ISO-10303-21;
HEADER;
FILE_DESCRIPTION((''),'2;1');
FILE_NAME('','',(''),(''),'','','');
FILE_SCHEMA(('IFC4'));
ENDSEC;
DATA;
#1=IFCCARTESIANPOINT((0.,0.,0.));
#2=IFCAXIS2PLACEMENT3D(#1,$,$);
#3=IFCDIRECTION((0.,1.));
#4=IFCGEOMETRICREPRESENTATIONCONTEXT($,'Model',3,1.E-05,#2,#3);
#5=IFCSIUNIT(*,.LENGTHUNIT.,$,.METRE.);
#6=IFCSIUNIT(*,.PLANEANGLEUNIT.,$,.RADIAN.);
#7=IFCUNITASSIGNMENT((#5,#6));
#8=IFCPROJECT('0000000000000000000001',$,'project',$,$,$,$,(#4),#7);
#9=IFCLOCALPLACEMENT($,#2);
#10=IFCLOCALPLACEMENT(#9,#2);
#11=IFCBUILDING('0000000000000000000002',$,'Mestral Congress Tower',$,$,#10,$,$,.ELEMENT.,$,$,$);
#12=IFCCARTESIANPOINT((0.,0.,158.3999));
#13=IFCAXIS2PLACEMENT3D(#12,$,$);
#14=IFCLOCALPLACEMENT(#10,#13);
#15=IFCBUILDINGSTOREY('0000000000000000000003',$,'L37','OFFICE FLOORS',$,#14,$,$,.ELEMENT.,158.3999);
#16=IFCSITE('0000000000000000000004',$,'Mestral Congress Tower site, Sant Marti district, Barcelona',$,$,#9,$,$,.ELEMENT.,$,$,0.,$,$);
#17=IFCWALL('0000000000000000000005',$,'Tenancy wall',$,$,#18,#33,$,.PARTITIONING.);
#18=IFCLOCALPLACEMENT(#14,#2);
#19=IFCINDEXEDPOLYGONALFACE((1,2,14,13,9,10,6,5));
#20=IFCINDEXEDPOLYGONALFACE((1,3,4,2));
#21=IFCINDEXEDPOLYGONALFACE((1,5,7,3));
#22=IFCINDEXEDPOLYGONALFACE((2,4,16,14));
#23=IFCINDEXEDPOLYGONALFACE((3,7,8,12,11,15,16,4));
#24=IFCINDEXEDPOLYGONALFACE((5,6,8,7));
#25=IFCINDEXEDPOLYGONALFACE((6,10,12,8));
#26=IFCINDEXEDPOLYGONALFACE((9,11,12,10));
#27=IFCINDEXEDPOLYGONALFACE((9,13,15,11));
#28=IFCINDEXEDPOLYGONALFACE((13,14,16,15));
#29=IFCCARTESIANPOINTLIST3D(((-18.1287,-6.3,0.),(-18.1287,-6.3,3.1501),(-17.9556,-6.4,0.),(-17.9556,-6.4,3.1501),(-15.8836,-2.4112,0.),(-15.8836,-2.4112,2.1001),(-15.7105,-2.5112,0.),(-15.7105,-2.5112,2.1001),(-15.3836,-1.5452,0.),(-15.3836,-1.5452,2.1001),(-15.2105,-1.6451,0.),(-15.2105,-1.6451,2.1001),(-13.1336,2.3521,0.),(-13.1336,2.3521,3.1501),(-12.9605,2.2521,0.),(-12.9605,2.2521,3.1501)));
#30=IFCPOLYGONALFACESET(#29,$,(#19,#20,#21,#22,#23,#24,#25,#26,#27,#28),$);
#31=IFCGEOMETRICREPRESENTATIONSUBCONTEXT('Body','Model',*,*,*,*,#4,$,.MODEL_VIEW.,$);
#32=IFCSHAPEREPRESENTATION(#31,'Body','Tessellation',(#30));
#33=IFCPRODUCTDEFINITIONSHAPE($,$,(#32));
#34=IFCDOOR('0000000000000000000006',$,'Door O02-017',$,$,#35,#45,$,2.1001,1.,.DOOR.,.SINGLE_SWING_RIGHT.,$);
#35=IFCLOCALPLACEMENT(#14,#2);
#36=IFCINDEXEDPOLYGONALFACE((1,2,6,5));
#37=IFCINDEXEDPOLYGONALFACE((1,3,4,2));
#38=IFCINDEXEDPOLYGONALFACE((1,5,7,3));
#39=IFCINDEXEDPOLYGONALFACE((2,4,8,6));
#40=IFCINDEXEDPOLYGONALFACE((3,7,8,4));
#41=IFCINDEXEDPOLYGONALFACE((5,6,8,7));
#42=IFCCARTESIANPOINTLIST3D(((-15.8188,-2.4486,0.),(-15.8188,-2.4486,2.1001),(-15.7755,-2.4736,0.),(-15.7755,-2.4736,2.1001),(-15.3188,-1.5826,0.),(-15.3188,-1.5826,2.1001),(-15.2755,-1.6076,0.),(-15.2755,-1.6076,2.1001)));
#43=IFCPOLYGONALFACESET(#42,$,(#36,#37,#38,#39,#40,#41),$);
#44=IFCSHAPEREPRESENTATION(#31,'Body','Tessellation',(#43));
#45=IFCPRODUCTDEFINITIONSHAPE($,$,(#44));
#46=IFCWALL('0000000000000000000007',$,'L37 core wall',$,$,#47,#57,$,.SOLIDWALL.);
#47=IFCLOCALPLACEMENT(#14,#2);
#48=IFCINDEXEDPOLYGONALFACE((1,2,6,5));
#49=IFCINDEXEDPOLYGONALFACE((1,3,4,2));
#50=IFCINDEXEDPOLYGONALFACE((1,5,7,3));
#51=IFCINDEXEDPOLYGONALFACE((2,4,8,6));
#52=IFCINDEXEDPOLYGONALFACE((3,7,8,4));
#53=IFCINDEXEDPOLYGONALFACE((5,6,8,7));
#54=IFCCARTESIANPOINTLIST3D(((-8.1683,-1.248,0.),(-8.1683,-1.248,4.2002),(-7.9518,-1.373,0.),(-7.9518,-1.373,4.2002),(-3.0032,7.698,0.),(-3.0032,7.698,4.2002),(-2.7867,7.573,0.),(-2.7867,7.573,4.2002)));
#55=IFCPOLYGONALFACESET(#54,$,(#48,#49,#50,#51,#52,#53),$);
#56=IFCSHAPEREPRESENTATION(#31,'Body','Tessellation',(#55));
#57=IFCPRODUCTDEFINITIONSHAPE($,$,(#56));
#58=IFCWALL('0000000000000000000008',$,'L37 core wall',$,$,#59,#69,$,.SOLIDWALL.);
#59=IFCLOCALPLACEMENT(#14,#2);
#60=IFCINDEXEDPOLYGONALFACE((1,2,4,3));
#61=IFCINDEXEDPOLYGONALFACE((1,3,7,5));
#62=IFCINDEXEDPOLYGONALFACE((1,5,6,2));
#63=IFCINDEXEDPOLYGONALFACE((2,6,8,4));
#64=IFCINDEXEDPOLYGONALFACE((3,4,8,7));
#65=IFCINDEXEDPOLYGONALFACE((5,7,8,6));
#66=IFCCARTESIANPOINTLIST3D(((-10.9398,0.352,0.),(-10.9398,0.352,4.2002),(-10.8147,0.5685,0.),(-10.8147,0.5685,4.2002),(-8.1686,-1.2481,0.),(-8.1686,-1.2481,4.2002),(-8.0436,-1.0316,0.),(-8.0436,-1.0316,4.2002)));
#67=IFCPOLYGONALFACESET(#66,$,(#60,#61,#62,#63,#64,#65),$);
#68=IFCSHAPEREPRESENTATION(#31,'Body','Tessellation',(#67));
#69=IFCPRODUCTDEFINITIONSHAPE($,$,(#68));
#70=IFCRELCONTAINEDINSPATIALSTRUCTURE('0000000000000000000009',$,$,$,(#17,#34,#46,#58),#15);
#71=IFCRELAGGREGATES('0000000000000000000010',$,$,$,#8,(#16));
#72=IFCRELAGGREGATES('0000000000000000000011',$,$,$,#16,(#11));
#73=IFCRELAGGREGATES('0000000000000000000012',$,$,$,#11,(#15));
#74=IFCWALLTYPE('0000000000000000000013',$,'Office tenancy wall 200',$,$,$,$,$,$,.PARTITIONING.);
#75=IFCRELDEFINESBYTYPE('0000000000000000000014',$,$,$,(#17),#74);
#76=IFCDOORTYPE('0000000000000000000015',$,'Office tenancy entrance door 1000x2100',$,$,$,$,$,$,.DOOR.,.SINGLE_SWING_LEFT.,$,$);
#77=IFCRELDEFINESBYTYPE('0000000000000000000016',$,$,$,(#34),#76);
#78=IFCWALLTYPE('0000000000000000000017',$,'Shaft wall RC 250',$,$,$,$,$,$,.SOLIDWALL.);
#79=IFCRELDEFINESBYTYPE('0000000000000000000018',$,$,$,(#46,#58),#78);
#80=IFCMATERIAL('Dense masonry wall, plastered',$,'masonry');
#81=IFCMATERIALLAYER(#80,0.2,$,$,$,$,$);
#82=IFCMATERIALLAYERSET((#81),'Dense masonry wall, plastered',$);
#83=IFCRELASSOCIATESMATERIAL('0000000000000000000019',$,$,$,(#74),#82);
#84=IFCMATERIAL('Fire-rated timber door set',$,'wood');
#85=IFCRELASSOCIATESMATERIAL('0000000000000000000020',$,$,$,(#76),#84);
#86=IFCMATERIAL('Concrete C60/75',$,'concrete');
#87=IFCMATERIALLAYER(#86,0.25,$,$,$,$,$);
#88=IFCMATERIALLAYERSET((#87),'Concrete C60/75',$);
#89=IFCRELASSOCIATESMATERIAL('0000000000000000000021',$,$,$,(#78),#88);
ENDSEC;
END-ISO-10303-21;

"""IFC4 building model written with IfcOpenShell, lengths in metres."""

from ifc_helpers import new_model, si_unit, direction, frame, frame_2d, origin, place, context, subcontext, project, spatial, rectangle, extrude, material, layer, layer_set, type_object, element, fill, save


model = new_model("IFC4")

# Units and contexts
model_context = context("Model", 3, precision=1e-05, world=origin(), true_north=direction((0.0, 1.0)))
body_context = subcontext(model_context, "Body", "Model", "MODEL_VIEW")
ifc_project = project(units=[si_unit("LENGTHUNIT", "METRE"), si_unit("PLANEANGLEUNIT", "RADIAN")], contexts=[model_context])

# Site, building, storey
site_placement = place(None, origin())
site = spatial("IfcSite", under=ifc_project, at=site_placement, Name="Mestral Congress Tower site, Sant Marti district, Barcelona", CompositionType="ELEMENT", RefElevation=0.0)
building_placement = place(site_placement, origin())
building = spatial("IfcBuilding", under=site, at=building_placement, Name="Mestral Congress Tower", CompositionType="ELEMENT")
storey_placement = place(building_placement, frame((0.0, 0.0, 158.3999)))
storey = spatial("IfcBuildingStorey", under=building, at=storey_placement, Name="L37", Description="OFFICE FLOORS", CompositionType="ELEMENT", Elevation=158.3999)

# Shared definitions
ifc_material_1 = material(Name="Concrete C60/75", Category="concrete")

# Shared definitions
ifc_material_2 = material(Name="Dense masonry wall, plastered", Category="masonry")
ifc_layer_1 = layer(ifc_material_2, 0.2)
ifc_layer_set_1 = layer_set([ifc_layer_1], Name="Dense masonry wall, plastered")
wall_type_1 = type_object("IfcWallType", Name="Office tenancy wall 200", PredefinedType="PARTITIONING", material=ifc_layer_set_1)

# Wall, opening, door
wall_1_placement = place(storey_placement, frame((-13.0471, 2.302, 0.0), z_axis=(0.0, 0.0, 1.0), x_axis=(-0.499987, -0.866033, 0.0)))
wall_1 = element("IfcWall", 1, at=wall_1_placement, inside=storey, type_object=wall_type_1, Name="Tenancy wall", PredefinedType="PARTITIONING", context=body_context, shape_type="SweptSolid", body=[
    extrude(rectangle(XDim=9.9905, YDim=0.2, at=frame_2d((4.9951, 0.0))), origin(), (0.0, 0.0, 1.0), 3.1501),
])
opening_1_placement = place(wall_1_placement, frame((4.5, 0.0, 0.0)))
opening_1 = element("IfcOpeningElement", 2, at=opening_1_placement, cuts=wall_1, PredefinedType="OPENING", context=body_context, shape_type="SweptSolid", body=[
    extrude(rectangle(XDim=1.0, YDim=2.1001, at=frame_2d((0.5, 1.05))), frame((0.0, 0.1099, 0.0), z_axis=(0.0, -1.0, 0.0), x_axis=(1.0, 0.0, 0.0)), (0.0, 0.0, 1.0), 0.22),
])
ifc_material_3 = material(Name="Fire-rated timber door set", Category="wood")
door_type_1 = type_object("IfcDoorType", Name="Office tenancy entrance door 1000x2100", OperationType="SINGLE_SWING_LEFT", PredefinedType="DOOR", material=ifc_material_3)
door_1_placement = place(opening_1_placement, origin())
door_1 = element("IfcDoor", 3, at=door_1_placement, inside=storey, type_object=door_type_1, Name="Door O02-017", OperationType="SINGLE_SWING_RIGHT", OverallHeight=2.1001, OverallWidth=1.0, PredefinedType="DOOR", context=body_context, shape_type="SweptSolid", body=[
    extrude(rectangle(XDim=1.0, YDim=2.1001, at=frame_2d((0.5, 1.05))), frame((0.0, 0.0249, 0.0), z_axis=(0.0, -1.0, 0.0), x_axis=(1.0, 0.0, 0.0)), (0.0, 0.0, 1.0), 0.05),
])
fill(opening_1, door_1)

# Walls
ifc_layer_2 = layer(ifc_material_1, 0.25)
ifc_layer_set_2 = layer_set([ifc_layer_2], Name="Concrete C60/75")
wall_type_2 = type_object("IfcWallType", Name="Shaft wall RC 250", PredefinedType="SOLIDWALL", material=ifc_layer_set_2)
wall_2_placement = place(storey_placement, frame((-8.0601, -1.3105, 0.0), z_axis=(0.0, 0.0, 1.0), x_axis=(0.500003, 0.866024, 0.0)))
element("IfcWall", 4, at=wall_2_placement, inside=storey, type_object=wall_type_2, Name="L37 core wall", PredefinedType="SOLIDWALL", context=body_context, shape_type="SweptSolid", body=[
    extrude(rectangle(XDim=10.3301, YDim=0.25, at=frame_2d((5.165, 0.0))), origin(), (0.0, 0.0, 1.0), 4.2002),
])
wall_3_placement = place(storey_placement, frame((-8.106, -1.1399, 0.0), z_axis=(0.0, 0.0, 1.0), x_axis=(-0.866009, 0.500028, 0.0)))
element("IfcWall", 5, at=wall_3_placement, inside=storey, type_object=wall_type_2, Name="L37 core wall", PredefinedType="SOLIDWALL", context=body_context, shape_type="SweptSolid", body=[
    extrude(rectangle(XDim=3.2, YDim=0.25, at=frame_2d((1.6001, 0.0))), origin(), (0.0, 0.0, 1.0), 4.2002),
])

save(model, "model.ifc")
